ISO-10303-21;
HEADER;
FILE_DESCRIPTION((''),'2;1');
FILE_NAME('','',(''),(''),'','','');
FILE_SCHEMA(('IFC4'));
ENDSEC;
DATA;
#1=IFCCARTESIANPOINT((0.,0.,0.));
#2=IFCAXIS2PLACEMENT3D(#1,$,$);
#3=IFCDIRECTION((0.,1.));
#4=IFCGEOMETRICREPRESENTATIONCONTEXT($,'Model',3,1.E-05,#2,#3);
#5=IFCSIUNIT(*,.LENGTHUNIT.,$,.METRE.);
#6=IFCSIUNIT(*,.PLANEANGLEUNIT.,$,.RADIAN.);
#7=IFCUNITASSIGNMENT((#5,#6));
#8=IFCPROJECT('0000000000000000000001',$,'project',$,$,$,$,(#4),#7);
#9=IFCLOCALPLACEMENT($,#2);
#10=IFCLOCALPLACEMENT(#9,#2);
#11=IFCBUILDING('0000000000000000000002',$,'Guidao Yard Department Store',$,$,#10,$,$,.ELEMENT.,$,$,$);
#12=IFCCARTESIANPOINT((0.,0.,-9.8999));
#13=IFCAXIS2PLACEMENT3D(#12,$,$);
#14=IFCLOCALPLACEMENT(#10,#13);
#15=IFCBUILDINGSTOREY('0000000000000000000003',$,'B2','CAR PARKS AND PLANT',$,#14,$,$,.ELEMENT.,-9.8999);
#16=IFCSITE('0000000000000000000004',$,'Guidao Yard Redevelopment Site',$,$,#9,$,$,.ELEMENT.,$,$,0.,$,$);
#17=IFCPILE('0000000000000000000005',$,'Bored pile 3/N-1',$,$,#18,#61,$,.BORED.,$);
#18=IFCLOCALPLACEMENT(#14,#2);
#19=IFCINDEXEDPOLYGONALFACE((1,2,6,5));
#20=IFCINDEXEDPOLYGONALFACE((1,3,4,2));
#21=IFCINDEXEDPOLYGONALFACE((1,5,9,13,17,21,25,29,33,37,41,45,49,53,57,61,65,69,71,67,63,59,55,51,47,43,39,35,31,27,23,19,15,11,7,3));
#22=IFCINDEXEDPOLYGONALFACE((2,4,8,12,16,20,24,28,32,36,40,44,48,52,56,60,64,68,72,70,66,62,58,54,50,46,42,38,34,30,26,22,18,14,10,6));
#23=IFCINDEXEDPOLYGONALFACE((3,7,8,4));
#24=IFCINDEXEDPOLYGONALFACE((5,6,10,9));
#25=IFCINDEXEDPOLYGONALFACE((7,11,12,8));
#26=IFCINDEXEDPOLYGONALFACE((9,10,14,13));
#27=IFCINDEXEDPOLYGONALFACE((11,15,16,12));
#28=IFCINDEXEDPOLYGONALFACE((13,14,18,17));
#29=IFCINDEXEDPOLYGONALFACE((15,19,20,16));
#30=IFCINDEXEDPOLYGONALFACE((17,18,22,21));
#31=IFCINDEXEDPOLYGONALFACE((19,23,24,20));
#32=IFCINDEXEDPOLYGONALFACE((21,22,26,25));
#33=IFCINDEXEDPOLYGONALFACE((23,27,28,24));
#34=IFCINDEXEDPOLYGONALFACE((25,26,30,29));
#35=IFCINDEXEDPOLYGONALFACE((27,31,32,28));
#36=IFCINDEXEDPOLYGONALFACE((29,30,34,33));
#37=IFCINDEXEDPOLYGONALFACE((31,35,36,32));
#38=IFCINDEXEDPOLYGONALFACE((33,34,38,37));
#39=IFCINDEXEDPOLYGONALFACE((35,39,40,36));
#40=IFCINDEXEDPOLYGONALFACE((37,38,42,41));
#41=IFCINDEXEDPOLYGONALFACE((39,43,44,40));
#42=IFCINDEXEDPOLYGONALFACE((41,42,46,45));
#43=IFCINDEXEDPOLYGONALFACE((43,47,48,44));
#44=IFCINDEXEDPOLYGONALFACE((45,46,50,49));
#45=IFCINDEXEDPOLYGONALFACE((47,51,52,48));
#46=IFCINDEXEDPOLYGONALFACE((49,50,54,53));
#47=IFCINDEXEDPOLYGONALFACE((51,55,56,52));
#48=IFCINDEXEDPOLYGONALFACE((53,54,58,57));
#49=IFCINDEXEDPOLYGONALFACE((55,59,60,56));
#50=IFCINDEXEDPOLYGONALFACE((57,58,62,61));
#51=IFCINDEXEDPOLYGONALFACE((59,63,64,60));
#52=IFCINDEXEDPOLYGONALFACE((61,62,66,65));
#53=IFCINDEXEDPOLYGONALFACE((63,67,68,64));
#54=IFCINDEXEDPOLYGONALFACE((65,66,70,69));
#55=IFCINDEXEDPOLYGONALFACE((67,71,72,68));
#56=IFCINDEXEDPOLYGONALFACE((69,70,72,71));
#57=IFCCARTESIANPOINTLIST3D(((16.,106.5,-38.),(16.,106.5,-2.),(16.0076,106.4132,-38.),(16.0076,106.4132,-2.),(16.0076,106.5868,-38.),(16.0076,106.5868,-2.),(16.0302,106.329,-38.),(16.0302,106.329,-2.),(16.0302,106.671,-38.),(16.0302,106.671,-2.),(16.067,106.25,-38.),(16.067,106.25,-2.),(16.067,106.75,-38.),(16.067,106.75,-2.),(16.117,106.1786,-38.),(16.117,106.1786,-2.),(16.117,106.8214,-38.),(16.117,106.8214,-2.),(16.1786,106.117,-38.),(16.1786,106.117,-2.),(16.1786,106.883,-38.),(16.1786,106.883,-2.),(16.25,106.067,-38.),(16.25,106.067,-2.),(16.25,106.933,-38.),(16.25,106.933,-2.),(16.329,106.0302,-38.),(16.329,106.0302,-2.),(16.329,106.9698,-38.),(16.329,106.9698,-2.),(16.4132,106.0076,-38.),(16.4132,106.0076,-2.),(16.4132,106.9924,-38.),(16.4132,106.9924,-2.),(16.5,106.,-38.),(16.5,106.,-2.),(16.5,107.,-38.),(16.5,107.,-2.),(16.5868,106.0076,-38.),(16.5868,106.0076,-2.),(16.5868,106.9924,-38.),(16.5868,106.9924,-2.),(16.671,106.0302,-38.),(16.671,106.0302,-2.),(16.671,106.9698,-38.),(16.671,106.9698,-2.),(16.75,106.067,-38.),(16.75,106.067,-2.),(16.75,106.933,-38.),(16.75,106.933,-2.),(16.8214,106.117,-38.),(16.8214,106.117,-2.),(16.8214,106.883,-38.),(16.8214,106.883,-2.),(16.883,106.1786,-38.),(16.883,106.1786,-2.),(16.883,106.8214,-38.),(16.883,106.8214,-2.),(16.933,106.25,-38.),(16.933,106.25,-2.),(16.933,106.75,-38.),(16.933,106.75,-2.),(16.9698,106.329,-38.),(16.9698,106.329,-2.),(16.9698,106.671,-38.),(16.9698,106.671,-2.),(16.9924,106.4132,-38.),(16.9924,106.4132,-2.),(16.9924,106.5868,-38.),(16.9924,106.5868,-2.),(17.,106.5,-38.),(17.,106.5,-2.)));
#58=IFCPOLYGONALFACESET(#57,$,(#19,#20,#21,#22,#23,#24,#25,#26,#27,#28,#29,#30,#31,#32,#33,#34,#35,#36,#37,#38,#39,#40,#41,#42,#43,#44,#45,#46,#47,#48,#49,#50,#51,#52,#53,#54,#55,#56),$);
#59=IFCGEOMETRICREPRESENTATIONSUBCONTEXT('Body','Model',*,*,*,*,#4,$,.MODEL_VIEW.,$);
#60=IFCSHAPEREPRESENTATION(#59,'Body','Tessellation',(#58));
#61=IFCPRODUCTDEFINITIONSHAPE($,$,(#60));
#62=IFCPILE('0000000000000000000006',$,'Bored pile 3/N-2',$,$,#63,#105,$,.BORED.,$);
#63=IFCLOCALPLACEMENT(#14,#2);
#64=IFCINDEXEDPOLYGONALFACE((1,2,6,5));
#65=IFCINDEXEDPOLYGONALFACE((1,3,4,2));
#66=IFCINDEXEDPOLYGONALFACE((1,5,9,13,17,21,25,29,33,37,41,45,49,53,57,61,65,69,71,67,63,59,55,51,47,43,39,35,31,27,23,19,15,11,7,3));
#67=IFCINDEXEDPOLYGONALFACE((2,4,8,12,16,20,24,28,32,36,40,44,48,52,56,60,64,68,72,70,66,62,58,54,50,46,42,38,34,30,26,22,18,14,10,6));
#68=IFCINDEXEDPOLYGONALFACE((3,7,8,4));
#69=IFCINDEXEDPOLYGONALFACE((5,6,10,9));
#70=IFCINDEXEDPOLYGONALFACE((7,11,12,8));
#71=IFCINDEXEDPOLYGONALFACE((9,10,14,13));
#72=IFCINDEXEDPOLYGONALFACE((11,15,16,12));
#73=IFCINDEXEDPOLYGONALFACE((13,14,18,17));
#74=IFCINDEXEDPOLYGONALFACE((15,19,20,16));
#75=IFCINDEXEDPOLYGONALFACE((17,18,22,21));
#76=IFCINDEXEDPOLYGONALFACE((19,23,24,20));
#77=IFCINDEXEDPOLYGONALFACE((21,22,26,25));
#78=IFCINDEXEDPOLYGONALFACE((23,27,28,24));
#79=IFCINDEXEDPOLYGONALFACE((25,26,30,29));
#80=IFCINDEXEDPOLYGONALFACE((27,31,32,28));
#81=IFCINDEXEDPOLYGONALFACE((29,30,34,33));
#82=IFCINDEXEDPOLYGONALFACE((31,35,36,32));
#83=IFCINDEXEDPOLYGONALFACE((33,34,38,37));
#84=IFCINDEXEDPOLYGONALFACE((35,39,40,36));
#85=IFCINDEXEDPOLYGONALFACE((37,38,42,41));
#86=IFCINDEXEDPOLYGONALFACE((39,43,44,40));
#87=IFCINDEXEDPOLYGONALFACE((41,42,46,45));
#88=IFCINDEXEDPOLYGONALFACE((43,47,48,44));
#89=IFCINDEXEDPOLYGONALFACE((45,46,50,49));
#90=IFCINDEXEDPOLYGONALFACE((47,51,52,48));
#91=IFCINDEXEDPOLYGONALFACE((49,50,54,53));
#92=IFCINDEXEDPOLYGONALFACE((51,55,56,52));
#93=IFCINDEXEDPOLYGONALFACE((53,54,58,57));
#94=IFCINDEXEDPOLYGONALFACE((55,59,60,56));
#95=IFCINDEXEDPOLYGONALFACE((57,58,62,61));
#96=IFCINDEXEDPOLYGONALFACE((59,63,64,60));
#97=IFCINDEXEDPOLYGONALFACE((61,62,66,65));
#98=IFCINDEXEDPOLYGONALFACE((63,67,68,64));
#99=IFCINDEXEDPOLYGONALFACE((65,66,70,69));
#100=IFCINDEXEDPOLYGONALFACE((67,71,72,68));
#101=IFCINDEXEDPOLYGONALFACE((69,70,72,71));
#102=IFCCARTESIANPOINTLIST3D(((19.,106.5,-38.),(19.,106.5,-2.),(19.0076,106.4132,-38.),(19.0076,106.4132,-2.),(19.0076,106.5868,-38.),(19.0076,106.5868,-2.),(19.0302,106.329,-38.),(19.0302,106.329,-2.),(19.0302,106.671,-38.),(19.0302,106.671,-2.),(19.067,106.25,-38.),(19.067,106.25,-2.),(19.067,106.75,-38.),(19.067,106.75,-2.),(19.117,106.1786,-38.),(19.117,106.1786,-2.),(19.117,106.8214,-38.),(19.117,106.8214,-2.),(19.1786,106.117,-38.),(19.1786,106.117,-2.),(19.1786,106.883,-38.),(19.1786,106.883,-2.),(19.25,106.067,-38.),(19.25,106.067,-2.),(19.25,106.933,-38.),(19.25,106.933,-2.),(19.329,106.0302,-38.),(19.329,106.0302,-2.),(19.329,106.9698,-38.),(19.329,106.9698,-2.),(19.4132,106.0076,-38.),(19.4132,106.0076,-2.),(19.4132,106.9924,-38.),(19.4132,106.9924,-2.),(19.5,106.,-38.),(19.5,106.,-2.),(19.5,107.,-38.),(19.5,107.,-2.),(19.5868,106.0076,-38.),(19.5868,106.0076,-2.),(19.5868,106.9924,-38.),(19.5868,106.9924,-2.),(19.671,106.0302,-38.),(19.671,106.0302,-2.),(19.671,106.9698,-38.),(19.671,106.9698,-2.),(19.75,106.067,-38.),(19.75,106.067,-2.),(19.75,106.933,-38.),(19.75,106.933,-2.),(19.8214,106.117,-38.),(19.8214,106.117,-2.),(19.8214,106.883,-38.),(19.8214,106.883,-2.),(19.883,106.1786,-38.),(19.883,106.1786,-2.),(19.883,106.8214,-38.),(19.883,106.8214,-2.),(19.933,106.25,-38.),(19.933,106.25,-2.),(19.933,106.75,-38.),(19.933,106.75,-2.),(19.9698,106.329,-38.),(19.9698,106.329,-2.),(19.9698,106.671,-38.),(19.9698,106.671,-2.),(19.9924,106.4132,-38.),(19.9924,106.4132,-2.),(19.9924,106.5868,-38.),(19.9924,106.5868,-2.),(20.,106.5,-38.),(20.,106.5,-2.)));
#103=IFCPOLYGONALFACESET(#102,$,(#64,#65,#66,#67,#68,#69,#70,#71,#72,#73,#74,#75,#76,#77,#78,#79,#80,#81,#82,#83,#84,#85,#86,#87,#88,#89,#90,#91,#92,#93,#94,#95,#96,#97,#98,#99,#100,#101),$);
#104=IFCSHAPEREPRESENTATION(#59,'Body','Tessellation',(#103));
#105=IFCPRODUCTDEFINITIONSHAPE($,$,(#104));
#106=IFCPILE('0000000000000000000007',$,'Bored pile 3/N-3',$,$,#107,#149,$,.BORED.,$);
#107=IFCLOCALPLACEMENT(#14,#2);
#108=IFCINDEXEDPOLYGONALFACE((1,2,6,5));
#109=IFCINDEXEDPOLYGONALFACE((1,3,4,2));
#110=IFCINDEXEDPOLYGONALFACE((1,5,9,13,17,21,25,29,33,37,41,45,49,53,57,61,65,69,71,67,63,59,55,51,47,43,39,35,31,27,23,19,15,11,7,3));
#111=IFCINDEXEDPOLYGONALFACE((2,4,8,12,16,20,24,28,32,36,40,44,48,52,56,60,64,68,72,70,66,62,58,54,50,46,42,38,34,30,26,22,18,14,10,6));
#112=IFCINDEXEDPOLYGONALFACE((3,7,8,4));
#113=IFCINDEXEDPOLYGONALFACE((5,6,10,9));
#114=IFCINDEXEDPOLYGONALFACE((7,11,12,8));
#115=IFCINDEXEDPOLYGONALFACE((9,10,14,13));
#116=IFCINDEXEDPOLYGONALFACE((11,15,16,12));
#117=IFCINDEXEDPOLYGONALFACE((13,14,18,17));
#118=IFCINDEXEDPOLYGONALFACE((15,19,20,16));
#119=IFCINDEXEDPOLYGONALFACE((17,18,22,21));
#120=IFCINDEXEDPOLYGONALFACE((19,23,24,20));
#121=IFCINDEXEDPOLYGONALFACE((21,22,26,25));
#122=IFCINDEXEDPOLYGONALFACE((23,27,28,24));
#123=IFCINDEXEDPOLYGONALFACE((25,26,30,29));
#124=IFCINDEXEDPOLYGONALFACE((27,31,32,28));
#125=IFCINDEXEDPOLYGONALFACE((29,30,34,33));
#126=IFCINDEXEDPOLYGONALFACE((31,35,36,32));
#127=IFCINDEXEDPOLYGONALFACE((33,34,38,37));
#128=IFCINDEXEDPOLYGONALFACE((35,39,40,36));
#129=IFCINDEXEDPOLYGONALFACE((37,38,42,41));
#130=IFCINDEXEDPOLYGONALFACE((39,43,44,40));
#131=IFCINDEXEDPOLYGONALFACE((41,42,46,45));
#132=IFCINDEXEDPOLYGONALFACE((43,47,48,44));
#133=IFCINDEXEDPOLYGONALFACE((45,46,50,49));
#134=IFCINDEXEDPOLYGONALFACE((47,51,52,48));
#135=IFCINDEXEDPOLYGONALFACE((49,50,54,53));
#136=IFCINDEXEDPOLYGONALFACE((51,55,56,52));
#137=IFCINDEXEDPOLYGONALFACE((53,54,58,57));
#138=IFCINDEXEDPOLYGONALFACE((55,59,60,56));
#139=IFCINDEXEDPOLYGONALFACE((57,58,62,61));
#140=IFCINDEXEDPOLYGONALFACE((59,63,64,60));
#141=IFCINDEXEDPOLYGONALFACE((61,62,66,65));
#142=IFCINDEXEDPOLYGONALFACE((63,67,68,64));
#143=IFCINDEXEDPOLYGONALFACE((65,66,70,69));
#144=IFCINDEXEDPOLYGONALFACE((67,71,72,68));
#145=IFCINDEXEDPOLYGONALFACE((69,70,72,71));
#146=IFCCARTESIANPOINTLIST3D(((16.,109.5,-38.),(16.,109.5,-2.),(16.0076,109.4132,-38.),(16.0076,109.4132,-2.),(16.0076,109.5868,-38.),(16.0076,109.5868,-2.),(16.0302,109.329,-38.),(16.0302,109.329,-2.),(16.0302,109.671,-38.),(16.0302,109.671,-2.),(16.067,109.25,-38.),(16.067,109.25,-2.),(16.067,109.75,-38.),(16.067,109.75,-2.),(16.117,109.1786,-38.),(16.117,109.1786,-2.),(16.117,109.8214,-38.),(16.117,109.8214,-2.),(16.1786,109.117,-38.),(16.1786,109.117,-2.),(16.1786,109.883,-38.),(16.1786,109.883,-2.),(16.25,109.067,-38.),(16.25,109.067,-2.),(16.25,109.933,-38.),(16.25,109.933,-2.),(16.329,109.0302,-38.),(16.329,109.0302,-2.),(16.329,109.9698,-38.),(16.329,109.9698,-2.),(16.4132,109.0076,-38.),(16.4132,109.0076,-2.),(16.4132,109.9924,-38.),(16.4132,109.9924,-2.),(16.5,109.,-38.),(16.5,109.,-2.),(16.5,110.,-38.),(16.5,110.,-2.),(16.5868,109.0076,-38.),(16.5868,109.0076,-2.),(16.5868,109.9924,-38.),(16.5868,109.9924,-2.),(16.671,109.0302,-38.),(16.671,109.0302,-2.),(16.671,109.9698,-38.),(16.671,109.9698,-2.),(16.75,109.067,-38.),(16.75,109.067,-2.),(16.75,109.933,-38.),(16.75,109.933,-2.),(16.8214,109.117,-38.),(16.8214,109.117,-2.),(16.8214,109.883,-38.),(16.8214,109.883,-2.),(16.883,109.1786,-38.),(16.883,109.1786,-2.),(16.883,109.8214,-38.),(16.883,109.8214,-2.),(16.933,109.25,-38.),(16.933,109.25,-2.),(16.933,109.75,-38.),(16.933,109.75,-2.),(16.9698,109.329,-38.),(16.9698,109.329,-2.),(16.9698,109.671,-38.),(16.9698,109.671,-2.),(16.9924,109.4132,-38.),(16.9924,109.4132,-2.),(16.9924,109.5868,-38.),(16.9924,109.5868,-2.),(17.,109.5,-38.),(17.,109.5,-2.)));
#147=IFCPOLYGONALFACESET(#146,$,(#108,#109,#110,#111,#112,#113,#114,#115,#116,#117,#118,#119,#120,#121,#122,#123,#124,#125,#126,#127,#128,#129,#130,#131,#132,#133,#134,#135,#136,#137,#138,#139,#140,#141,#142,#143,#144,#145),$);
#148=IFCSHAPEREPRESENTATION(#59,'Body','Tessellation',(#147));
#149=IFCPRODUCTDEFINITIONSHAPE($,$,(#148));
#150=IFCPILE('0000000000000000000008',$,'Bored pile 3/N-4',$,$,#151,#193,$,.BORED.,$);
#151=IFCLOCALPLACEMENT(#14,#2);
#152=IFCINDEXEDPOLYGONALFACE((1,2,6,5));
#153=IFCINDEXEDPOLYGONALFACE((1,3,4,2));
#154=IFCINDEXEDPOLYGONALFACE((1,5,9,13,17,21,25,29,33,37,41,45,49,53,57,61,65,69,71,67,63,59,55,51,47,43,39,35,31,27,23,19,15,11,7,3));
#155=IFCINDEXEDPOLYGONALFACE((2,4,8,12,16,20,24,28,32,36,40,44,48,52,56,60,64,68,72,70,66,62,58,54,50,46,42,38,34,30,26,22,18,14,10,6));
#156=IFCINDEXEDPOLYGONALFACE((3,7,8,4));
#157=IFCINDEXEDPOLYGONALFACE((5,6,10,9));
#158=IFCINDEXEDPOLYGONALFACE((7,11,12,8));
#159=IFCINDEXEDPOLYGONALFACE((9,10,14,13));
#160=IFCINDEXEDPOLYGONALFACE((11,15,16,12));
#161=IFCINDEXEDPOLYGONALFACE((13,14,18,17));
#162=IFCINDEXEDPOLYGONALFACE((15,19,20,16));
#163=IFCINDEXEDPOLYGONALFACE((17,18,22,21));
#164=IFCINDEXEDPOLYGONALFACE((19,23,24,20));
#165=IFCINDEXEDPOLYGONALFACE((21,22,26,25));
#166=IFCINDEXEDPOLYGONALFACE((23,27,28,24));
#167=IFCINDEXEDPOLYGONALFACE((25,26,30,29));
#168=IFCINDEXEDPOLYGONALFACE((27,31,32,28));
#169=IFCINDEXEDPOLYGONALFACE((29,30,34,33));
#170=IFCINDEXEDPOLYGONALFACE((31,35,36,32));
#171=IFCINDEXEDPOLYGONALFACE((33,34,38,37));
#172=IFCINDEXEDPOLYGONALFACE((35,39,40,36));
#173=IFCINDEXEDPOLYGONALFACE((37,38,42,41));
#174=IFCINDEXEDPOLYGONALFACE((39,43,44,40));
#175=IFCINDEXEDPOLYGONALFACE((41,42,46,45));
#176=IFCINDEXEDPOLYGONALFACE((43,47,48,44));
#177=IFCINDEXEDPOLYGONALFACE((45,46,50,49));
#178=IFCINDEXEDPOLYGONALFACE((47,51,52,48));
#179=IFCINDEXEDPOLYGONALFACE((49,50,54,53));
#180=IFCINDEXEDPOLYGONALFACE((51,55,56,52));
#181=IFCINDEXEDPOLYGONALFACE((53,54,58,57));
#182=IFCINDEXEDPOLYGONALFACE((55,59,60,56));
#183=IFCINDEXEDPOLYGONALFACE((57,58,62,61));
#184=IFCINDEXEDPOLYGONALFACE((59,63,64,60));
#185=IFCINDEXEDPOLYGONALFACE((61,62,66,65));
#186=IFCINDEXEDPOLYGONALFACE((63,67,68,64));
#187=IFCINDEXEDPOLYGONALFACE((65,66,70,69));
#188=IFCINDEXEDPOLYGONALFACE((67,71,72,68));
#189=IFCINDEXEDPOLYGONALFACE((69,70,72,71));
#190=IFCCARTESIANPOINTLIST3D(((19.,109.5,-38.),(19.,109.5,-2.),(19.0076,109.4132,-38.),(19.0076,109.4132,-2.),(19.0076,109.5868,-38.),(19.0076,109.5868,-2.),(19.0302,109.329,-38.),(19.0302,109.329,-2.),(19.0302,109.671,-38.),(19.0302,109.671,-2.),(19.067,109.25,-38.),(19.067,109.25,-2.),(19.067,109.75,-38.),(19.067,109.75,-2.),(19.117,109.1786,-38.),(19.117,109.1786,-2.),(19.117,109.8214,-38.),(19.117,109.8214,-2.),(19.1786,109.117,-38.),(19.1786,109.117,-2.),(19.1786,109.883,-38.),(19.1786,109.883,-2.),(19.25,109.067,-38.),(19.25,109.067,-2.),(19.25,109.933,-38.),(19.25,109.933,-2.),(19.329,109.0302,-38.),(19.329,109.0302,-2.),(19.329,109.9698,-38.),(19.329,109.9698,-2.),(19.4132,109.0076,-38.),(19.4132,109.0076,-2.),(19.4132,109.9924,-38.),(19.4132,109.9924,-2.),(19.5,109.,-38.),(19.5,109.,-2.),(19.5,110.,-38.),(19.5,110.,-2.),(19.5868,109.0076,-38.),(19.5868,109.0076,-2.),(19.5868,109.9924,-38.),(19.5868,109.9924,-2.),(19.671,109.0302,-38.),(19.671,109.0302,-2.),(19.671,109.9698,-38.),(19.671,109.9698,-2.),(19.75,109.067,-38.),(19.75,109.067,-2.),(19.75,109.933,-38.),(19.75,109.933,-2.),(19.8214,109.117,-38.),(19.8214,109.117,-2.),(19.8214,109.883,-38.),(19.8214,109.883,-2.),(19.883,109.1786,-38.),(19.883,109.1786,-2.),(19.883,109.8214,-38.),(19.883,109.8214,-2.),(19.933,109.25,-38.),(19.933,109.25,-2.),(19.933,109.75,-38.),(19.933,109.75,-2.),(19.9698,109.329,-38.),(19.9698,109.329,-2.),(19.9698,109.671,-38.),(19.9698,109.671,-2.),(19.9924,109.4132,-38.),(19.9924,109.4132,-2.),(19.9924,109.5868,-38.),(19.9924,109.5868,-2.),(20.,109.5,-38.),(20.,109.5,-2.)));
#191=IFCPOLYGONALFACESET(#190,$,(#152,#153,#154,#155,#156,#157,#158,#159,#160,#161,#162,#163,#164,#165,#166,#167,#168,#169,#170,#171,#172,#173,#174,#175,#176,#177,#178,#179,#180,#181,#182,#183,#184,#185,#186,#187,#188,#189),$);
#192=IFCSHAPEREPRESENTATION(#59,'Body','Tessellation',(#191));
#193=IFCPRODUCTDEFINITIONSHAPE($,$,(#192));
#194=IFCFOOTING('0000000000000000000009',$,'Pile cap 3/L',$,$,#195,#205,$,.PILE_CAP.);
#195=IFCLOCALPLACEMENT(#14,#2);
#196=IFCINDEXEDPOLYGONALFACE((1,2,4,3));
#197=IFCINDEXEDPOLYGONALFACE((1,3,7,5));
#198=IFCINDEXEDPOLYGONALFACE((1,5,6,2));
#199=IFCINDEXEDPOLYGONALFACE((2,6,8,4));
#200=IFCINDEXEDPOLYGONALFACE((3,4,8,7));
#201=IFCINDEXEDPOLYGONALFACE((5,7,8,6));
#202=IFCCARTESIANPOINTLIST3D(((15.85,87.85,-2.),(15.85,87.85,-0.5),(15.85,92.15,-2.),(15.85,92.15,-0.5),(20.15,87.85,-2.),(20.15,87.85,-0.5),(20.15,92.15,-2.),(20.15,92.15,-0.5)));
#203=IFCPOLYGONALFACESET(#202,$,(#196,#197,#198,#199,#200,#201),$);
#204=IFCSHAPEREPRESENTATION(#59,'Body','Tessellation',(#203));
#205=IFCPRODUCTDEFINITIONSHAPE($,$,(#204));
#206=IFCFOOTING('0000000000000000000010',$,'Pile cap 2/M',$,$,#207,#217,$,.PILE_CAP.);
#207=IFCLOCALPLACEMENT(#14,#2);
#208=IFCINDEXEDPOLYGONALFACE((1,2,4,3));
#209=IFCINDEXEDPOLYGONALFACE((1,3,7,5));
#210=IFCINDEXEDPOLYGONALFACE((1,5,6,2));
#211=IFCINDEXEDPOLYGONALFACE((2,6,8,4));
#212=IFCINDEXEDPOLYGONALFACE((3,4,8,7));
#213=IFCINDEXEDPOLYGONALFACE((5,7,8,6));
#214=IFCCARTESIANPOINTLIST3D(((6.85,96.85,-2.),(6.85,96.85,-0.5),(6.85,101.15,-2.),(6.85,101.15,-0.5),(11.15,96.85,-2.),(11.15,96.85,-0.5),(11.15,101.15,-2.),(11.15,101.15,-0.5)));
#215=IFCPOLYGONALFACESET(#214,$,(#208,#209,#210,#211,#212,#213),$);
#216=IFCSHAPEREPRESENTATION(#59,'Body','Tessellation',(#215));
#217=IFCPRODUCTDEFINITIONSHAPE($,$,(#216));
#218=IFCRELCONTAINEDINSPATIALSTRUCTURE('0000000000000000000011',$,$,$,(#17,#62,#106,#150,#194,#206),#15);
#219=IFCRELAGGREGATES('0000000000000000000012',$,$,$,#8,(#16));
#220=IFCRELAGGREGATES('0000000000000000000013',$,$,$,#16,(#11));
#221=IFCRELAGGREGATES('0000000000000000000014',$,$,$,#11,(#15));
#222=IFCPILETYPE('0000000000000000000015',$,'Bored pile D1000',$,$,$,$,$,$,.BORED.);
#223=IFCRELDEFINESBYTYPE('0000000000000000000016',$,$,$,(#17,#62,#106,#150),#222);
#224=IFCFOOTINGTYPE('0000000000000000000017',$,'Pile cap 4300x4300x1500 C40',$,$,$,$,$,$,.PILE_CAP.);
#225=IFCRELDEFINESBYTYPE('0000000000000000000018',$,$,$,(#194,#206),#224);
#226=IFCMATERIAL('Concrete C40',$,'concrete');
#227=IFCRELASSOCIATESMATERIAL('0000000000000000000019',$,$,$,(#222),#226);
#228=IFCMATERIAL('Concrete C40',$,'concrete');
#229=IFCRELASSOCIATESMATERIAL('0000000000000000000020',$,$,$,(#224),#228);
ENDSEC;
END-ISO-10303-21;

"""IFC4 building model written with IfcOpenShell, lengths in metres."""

from ifc_helpers import new_model, si_unit, direction, frame, origin, origin_2d, place, context, subcontext, project, spatial, rectangle, circle, extrude, material, material_profile, profile_set, type_object, element, save


model = new_model("IFC4")

# Units and contexts
model_context = context("Model", 3, precision=1e-05, world=origin(), true_north=direction((0.0, 1.0)))
body_context = subcontext(model_context, "Body", "Model", "MODEL_VIEW")
ifc_project = project(units=[si_unit("LENGTHUNIT", "METRE"), si_unit("PLANEANGLEUNIT", "RADIAN")], contexts=[model_context])

# Site, building, storey
site_placement = place(None, origin())
site = spatial("IfcSite", under=ifc_project, at=site_placement, Name="Guidao Yard Redevelopment Site", CompositionType="ELEMENT", RefElevation=0.0)
building_placement = place(site_placement, origin())
building = spatial("IfcBuilding", under=site, at=building_placement, Name="Guidao Yard Department Store", CompositionType="ELEMENT")
storey_placement = place(building_placement, frame((0.0, 0.0, -9.8999)))
storey = spatial("IfcBuildingStorey", under=building, at=storey_placement, Name="B2", Description="CAR PARKS AND PLANT", CompositionType="ELEMENT", Elevation=-9.8999)

# Piles
ifc_material_1 = material(Name="Concrete C40", Category="concrete")
ifc_material_profile_1 = material_profile(ifc_material_1, circle(Radius=0.5, at=origin_2d()), Name="Bored pile D1000")
ifc_profile_set_1 = profile_set([ifc_material_profile_1], Name="Concrete C40")
pile_type = type_object("IfcPileType", Name="Bored pile D1000", PredefinedType="BORED", material=ifc_profile_set_1)
for number, where, z_axis, x_axis, name in (
    (1, (16.5, 106.5, -2.0), (0.0, 0.0, -1.0), (1.0, 0.0, 0.0), "Bored pile 3/N-1"),
    (2, (19.5, 106.5, -2.0), (0.0, 0.0, -1.0), (1.0, 0.0, 0.0), "Bored pile 3/N-2"),
    (3, (16.5, 109.5, -2.0), (0.0, 0.0, -1.0), (1.0, 0.0, 0.0), "Bored pile 3/N-3"),
    (4, (19.5, 109.5, -2.0), (0.0, 0.0, -1.0), (1.0, 0.0, 0.0), "Bored pile 3/N-4"),
):
    element("IfcPile", number, at=place(storey_placement, frame(where, z_axis=z_axis, x_axis=x_axis)), inside=storey, type_object=pile_type, Name=name, PredefinedType="BORED", context=body_context, shape_type="SweptSolid", body=[
        extrude(circle(Radius=0.5, at=origin_2d()), origin(), (0.0, 0.0, 1.0), 36.0),
    ])

# Footings
ifc_material_2 = material(Name="Concrete C40", Category="concrete")
footing_type = type_object("IfcFootingType", Name="Pile cap 4300x4300x1500 C40", PredefinedType="PILE_CAP", material=ifc_material_2)
for number, where, z_axis, x_axis, name in (
    (5, (18.0, 90.0, -2.0), (0.0, 0.0, 1.0), (1.0, 0.0, 0.0), "Pile cap 3/L"),
    (6, (9.0, 99.0, -2.0), (0.0, 0.0, 1.0), (1.0, 0.0, 0.0), "Pile cap 2/M"),
):
    element("IfcFooting", number, at=place(storey_placement, frame(where, z_axis=z_axis, x_axis=x_axis)), inside=storey, type_object=footing_type, Name=name, PredefinedType="PILE_CAP", context=body_context, shape_type="SweptSolid", body=[
        extrude(rectangle(XDim=4.3, YDim=4.3, at=origin_2d()), origin(), (0.0, 0.0, 1.0), 1.5),
    ])

save(model, "model.ifc")
